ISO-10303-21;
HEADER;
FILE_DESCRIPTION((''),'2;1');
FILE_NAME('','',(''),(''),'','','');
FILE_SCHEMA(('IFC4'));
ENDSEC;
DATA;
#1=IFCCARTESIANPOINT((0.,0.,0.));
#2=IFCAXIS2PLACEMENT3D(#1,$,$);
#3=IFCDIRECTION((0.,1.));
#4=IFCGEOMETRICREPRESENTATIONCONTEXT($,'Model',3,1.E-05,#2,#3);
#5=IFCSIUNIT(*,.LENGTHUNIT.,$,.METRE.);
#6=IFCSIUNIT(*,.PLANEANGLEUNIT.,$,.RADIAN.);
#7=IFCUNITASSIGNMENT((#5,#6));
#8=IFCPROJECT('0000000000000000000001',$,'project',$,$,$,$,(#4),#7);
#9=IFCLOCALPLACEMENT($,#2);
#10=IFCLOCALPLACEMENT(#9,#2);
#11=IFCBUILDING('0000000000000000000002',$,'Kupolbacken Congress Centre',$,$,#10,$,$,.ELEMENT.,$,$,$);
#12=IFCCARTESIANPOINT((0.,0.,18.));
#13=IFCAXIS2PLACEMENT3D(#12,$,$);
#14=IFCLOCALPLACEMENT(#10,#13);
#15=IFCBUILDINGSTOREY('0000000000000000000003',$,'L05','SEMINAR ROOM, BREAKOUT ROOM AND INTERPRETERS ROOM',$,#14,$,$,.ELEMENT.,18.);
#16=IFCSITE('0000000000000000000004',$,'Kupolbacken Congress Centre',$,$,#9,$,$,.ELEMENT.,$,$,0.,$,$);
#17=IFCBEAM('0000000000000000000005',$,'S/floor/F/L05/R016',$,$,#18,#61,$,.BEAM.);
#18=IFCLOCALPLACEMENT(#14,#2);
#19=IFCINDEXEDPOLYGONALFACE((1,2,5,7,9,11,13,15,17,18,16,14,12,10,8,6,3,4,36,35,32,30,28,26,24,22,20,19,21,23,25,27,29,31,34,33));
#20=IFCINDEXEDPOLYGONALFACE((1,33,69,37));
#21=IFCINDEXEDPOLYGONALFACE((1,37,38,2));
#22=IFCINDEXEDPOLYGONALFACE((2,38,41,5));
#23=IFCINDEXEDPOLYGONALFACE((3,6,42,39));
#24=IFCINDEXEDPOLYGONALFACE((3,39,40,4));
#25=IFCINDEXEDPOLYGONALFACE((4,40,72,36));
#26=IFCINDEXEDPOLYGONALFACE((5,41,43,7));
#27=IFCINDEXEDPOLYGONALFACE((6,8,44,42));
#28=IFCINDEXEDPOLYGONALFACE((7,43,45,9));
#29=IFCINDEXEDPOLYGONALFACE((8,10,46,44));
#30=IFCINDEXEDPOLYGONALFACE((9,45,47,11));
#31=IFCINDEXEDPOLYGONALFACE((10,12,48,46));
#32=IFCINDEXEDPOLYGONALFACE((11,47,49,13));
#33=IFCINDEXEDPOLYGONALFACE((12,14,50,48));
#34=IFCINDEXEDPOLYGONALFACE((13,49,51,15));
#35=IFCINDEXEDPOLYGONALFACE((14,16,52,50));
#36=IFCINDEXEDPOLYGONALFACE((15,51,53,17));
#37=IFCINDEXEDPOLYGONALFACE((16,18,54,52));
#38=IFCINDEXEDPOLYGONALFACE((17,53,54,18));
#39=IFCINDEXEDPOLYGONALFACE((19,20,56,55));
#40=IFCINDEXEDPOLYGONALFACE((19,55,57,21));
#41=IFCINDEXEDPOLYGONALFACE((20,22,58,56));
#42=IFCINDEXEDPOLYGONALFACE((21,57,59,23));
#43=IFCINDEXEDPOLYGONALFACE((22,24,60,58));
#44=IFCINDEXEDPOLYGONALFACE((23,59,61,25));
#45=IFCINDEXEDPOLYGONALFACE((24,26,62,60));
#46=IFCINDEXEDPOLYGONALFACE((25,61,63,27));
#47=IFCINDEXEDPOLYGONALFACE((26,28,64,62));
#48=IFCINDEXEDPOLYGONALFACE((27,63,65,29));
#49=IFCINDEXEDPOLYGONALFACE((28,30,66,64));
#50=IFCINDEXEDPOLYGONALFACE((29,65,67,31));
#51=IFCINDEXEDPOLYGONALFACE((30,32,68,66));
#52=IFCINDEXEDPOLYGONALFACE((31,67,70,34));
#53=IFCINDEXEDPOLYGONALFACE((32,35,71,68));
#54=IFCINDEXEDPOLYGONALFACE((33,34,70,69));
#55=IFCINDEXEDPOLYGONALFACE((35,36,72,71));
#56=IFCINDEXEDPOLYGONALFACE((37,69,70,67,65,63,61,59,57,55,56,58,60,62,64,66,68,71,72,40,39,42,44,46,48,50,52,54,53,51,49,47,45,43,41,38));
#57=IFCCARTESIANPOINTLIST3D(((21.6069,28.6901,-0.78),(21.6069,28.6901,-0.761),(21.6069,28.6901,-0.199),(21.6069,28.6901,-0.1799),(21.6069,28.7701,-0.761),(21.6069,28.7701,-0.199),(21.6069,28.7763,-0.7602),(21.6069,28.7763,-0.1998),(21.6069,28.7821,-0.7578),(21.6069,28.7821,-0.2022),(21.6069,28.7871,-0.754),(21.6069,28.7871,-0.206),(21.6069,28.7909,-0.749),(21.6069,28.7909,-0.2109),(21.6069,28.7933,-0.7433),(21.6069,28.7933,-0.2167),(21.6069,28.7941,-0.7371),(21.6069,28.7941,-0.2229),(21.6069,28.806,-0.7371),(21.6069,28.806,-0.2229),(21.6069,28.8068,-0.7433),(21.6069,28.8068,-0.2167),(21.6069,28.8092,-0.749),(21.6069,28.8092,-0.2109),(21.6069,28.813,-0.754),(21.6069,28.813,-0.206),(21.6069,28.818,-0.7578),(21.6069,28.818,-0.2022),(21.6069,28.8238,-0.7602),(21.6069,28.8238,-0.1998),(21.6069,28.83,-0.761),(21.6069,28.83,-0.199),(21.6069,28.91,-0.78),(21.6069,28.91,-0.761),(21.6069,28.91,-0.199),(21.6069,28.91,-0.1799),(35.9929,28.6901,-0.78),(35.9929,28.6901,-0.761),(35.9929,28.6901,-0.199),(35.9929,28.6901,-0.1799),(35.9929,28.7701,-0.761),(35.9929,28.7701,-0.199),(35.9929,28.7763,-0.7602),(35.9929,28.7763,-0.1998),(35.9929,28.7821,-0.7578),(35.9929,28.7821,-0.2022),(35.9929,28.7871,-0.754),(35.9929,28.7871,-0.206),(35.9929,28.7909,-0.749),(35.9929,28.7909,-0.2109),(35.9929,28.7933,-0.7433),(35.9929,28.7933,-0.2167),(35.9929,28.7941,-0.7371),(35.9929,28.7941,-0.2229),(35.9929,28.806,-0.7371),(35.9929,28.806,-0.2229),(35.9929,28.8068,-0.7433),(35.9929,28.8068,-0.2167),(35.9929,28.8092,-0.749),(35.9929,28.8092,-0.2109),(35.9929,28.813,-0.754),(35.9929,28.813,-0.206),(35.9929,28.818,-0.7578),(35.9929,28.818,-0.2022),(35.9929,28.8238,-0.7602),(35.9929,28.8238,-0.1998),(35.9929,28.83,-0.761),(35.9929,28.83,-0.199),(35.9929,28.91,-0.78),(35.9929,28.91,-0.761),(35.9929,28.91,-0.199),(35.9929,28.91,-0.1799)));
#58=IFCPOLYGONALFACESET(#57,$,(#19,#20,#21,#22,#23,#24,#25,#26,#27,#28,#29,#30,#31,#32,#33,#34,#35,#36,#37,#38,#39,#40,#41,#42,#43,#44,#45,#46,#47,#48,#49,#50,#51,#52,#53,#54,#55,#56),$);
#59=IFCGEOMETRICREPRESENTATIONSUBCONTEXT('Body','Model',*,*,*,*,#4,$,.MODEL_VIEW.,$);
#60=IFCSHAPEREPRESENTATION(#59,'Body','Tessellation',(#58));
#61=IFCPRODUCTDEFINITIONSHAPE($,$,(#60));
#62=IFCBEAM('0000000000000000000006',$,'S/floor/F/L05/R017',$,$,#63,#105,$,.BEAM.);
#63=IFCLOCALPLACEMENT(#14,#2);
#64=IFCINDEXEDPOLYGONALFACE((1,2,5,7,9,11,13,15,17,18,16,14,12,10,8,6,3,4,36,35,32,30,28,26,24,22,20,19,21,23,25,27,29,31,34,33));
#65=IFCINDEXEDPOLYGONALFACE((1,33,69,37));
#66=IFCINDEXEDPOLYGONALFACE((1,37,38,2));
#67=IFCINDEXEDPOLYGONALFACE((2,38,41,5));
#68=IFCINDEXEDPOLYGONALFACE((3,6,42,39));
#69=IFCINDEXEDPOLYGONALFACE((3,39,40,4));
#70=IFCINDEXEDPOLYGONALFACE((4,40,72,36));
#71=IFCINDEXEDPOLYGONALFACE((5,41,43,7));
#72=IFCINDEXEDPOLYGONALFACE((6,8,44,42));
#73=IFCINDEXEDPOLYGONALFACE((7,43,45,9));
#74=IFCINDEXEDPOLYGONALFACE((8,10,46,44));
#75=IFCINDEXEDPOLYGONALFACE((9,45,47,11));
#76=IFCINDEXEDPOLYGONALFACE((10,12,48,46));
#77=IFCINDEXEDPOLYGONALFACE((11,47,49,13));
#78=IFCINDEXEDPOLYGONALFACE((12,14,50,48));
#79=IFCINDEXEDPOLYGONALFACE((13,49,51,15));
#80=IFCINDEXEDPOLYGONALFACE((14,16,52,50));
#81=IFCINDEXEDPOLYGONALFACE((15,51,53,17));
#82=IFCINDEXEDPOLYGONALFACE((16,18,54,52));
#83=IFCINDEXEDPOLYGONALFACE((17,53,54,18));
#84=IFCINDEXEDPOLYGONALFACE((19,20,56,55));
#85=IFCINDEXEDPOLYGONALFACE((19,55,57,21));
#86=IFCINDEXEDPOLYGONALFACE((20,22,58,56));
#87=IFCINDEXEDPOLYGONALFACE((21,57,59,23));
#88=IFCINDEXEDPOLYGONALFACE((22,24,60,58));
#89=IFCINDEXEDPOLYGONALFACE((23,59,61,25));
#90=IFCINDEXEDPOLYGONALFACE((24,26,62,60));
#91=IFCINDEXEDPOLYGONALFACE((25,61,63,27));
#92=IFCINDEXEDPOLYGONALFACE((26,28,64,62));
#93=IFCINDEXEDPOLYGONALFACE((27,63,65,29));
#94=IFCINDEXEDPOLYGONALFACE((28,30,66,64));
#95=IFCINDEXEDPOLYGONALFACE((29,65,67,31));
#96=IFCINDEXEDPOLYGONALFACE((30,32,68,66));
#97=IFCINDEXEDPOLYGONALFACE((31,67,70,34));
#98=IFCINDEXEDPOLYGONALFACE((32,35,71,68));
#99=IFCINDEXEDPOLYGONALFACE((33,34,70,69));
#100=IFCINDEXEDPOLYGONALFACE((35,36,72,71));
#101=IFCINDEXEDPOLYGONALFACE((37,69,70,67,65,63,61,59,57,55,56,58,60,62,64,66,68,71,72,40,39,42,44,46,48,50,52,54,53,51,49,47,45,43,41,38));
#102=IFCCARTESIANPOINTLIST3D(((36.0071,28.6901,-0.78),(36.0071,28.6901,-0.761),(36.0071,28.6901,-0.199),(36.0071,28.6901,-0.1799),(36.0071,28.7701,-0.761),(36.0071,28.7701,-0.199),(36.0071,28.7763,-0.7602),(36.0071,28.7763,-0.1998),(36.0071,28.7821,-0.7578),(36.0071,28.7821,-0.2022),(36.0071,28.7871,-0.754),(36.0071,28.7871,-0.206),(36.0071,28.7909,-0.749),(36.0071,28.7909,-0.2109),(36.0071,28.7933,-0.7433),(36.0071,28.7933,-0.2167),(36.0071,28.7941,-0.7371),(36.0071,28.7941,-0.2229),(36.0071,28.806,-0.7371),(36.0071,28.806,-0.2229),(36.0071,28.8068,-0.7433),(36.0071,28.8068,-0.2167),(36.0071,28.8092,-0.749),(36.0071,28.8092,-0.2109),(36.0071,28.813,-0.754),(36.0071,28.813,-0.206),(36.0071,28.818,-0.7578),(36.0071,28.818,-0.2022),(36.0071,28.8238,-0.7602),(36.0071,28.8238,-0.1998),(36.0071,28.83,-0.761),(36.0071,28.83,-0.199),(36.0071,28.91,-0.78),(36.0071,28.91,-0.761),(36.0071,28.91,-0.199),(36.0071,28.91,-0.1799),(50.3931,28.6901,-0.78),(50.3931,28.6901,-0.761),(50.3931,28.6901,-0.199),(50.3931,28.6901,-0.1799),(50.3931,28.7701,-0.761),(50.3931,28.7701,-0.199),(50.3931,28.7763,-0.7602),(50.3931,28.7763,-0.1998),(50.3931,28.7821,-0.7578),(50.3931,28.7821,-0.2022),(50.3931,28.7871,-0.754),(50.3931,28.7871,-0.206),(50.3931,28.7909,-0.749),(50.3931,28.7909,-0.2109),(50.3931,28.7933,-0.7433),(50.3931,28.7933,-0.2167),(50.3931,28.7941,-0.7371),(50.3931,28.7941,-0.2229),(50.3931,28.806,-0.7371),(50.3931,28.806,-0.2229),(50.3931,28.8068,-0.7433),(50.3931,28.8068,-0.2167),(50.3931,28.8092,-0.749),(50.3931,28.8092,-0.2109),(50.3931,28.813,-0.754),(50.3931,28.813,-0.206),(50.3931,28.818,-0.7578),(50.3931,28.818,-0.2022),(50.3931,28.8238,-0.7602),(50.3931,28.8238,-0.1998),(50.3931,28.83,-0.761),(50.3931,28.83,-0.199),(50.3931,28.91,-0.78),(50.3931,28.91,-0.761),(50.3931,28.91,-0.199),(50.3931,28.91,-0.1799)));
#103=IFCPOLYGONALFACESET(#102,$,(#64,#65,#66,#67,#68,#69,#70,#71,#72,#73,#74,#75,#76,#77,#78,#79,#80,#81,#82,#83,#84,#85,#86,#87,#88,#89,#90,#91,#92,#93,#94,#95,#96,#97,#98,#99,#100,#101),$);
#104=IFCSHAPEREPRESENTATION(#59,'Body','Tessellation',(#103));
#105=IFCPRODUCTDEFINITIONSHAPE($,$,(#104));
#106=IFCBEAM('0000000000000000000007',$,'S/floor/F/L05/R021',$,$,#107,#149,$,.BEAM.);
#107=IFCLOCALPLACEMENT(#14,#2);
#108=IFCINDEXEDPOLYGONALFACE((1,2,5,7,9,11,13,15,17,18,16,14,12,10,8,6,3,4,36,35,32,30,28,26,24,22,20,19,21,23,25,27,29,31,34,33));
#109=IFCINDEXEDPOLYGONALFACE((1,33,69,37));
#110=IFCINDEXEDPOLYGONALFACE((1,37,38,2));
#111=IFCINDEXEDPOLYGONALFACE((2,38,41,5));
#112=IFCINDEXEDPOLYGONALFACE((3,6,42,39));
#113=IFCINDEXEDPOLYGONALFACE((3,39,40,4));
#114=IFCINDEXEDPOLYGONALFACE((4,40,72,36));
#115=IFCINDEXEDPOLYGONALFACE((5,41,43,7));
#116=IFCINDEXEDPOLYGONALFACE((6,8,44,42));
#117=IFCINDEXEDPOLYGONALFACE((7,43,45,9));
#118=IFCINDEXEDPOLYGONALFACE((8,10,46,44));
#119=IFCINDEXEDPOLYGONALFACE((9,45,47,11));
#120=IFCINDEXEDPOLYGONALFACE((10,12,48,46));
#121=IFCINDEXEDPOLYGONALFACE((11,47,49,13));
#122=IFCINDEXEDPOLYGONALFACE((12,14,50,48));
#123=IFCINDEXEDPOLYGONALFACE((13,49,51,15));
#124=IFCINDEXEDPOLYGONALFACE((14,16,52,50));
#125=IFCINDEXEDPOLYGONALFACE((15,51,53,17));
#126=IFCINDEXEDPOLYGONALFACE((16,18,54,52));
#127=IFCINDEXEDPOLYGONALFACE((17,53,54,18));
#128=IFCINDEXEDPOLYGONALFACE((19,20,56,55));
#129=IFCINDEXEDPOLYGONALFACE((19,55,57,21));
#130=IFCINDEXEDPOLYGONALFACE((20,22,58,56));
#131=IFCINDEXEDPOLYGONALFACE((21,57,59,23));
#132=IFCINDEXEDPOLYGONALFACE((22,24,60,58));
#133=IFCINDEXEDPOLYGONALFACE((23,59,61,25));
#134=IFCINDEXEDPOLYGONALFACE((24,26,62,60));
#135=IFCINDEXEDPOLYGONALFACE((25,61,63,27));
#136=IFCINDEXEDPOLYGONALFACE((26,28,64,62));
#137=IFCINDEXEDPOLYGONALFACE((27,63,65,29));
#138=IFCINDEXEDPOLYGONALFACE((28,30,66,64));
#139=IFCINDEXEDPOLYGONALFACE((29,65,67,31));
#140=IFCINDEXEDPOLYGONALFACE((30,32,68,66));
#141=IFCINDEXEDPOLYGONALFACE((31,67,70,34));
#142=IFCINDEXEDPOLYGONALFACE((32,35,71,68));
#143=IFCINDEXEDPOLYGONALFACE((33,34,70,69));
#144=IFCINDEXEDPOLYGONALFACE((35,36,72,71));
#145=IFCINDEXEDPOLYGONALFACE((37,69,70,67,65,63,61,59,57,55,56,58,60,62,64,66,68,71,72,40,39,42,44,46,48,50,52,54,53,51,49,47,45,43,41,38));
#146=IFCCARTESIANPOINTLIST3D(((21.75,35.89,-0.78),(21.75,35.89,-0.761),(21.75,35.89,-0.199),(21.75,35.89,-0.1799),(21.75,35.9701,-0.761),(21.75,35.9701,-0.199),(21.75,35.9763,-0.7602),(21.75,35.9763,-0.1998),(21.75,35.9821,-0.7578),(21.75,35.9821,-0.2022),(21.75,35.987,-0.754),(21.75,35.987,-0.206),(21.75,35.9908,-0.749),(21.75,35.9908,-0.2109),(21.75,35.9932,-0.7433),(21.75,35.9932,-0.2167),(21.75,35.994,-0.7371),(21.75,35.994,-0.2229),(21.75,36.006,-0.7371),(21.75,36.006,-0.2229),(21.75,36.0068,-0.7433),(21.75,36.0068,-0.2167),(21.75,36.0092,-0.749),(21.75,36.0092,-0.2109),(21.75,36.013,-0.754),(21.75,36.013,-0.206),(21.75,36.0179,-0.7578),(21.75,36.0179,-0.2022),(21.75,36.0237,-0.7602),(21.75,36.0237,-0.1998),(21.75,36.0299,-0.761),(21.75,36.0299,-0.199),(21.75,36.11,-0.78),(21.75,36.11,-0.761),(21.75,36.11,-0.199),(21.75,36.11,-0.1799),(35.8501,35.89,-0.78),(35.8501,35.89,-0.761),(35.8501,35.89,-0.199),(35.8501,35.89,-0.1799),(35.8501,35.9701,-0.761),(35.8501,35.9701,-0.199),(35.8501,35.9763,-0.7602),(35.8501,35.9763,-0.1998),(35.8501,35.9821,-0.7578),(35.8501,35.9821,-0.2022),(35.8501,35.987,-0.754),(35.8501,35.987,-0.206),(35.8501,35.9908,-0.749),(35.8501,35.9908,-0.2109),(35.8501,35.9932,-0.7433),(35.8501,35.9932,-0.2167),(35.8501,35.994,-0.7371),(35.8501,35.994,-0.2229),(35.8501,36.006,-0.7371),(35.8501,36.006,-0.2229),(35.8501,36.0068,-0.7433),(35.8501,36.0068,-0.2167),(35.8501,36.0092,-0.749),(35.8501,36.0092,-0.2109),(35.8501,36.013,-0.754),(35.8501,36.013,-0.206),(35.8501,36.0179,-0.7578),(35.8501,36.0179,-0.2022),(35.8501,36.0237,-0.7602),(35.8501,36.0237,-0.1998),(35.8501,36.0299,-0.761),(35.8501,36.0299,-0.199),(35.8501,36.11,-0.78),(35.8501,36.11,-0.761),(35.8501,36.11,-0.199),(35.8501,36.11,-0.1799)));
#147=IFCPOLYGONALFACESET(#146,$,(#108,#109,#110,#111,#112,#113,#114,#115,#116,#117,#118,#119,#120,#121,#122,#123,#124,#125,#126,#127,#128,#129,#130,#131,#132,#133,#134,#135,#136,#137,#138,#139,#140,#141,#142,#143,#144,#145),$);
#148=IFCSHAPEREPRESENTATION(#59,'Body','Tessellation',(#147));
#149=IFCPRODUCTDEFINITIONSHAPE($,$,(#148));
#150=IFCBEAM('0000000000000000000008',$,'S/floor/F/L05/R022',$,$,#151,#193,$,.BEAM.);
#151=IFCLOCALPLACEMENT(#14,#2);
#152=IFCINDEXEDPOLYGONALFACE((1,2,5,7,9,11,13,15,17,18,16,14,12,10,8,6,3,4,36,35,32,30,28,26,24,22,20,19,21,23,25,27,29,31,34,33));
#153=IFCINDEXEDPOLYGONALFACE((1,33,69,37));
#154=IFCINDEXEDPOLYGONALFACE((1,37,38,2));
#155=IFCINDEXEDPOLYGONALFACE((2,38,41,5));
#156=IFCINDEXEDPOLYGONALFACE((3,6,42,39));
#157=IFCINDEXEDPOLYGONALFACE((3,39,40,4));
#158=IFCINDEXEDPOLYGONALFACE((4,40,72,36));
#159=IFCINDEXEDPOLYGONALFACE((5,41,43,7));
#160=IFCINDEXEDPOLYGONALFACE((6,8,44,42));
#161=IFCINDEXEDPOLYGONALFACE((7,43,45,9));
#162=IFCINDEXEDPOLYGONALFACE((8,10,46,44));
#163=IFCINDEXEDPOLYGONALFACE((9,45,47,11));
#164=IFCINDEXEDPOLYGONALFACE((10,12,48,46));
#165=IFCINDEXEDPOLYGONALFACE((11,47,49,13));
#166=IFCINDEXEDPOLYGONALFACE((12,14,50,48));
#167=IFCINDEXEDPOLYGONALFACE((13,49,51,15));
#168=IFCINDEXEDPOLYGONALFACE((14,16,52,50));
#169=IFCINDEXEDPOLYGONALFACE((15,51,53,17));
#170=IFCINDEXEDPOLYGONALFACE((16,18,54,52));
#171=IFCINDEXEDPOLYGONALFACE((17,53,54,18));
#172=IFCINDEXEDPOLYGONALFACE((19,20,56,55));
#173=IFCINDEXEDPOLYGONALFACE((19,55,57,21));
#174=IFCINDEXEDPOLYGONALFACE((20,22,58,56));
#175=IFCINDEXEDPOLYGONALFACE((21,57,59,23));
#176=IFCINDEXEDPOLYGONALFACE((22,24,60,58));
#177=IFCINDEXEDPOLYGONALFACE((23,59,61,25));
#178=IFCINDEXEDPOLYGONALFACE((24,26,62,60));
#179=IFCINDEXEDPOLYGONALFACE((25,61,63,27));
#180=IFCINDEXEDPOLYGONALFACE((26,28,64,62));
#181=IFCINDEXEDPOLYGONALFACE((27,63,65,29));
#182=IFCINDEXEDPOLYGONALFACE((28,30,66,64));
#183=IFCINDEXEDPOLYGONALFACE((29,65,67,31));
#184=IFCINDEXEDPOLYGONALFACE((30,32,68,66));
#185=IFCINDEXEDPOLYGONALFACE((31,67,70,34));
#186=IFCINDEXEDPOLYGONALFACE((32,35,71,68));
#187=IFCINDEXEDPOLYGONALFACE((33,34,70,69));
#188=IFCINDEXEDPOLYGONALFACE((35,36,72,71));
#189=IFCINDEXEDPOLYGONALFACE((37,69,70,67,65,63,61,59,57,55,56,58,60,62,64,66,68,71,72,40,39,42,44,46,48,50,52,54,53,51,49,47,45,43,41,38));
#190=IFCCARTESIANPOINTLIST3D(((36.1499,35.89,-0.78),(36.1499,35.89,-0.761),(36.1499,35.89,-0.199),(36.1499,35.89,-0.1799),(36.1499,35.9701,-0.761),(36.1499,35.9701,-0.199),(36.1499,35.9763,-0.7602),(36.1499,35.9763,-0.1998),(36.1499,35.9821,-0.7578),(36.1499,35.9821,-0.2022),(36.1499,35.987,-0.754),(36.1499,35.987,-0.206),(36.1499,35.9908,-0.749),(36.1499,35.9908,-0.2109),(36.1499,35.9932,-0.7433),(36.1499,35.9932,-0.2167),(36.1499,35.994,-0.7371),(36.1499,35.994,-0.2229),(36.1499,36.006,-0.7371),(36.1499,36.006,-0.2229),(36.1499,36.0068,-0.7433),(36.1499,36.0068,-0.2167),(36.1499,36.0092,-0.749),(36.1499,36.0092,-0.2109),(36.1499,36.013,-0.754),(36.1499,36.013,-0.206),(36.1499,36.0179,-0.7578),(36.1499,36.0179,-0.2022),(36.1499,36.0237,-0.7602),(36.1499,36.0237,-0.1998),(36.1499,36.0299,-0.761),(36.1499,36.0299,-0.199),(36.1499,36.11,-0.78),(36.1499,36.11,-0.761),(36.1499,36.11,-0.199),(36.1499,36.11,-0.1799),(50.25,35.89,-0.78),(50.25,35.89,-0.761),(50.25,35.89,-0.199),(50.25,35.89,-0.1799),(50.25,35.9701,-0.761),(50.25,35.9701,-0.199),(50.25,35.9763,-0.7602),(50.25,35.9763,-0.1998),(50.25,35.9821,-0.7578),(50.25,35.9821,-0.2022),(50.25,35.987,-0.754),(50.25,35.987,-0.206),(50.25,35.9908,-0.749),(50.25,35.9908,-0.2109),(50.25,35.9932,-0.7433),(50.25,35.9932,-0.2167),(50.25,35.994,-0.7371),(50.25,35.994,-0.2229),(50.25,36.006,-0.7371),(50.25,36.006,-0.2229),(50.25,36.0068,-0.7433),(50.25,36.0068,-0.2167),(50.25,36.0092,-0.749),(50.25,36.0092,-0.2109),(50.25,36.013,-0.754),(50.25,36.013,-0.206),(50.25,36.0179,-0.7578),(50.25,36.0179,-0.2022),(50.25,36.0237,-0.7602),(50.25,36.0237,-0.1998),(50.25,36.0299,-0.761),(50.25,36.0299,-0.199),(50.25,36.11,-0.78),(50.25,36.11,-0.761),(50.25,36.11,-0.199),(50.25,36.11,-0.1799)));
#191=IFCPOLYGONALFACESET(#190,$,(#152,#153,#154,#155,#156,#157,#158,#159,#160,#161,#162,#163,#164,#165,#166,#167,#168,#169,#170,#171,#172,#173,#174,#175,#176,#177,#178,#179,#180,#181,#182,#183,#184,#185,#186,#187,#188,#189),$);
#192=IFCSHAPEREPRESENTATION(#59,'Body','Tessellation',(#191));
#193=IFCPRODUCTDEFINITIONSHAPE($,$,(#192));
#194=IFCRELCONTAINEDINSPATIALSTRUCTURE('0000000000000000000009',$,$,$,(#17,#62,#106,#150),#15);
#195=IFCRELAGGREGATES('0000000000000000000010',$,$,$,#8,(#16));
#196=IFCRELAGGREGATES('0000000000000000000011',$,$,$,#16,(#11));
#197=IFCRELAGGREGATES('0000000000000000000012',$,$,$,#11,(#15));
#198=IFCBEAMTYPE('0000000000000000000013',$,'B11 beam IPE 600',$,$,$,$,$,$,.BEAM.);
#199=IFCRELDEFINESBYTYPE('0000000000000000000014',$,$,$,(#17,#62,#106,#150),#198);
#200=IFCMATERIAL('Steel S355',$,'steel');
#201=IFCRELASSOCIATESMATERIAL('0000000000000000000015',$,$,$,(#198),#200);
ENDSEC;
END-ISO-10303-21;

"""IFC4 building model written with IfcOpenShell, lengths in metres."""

from ifc_helpers import new_model, si_unit, direction, frame, origin, origin_2d, place, context, subcontext, project, spatial, i_section, extrude, material, material_profile, profile_set, type_object, element, save


model = new_model("IFC4")

# Units and contexts
model_context = context("Model", 3, precision=1e-05, world=origin(), true_north=direction((0.0, 1.0)))
body_context = subcontext(model_context, "Body", "Model", "MODEL_VIEW")
ifc_project = project(units=[si_unit("LENGTHUNIT", "METRE"), si_unit("PLANEANGLEUNIT", "RADIAN")], contexts=[model_context])

# Site, building, storey
site_placement = place(None, origin())
site = spatial("IfcSite", under=ifc_project, at=site_placement, Name="Kupolbacken Congress Centre", CompositionType="ELEMENT", RefElevation=0.0)
building_placement = place(site_placement, origin())
building = spatial("IfcBuilding", under=site, at=building_placement, Name="Kupolbacken Congress Centre", CompositionType="ELEMENT")
storey_placement = place(building_placement, frame((0.0, 0.0, 18.0)))
storey = spatial("IfcBuildingStorey", under=building, at=storey_placement, Name="L05", Description="SEMINAR ROOM, BREAKOUT ROOM AND INTERPRETERS ROOM", CompositionType="ELEMENT", Elevation=18.0)

# Beams
ifc_material_1 = material(Name="Steel S355", Category="steel")
ifc_material_profile_1 = material_profile(ifc_material_1, i_section(OverallWidth=0.22, OverallDepth=0.6001, WebThickness=0.012, FlangeThickness=0.019, FilletRadius=0.0239, at=origin_2d()), Name="IPE 600")
ifc_profile_set_1 = profile_set([ifc_material_profile_1], Name="Steel S355")
beam_type_1 = type_object("IfcBeamType", Name="B11 beam IPE 600", PredefinedType="BEAM", material=ifc_profile_set_1)
for number, where, z_axis, x_axis, name in (
    (1, (21.6069, 28.8, -0.48), (1.0, 0.0, 0.0), (0.0, 1.0, 0.0), "S/floor/F/L05/R016"),
    (2, (36.0071, 28.8, -0.48), (1.0, 0.0, 0.0), (0.0, 1.0, 0.0), "S/floor/F/L05/R017"),
):
    element("IfcBeam", number, at=place(storey_placement, frame(where, z_axis=z_axis, x_axis=x_axis)), inside=storey, type_object=beam_type_1, Name=name, PredefinedType="BEAM", context=body_context, shape_type="SweptSolid", body=[
        extrude(i_section(OverallWidth=0.22, OverallDepth=0.6001, WebThickness=0.012, FlangeThickness=0.019, FilletRadius=0.0239, at=origin_2d()), origin(), (0.0, 0.0, 1.0), 14.386),
    ])
for number, where, z_axis, x_axis, name in (
    (3, (21.75, 36.0, -0.48), (1.0, 0.0, 0.0), (0.0, 1.0, 0.0), "S/floor/F/L05/R021"),
    (4, (36.1499, 36.0, -0.48), (1.0, 0.0, 0.0), (0.0, 1.0, 0.0), "S/floor/F/L05/R022"),
):
    element("IfcBeam", number, at=place(storey_placement, frame(where, z_axis=z_axis, x_axis=x_axis)), inside=storey, type_object=beam_type_1, Name=name, PredefinedType="BEAM", context=body_context, shape_type="SweptSolid", body=[
        extrude(i_section(OverallWidth=0.22, OverallDepth=0.6001, WebThickness=0.012, FlangeThickness=0.019, FilletRadius=0.0239, at=origin_2d()), origin(), (0.0, 0.0, 1.0), 14.1001),
    ])

save(model, "model.ifc")
